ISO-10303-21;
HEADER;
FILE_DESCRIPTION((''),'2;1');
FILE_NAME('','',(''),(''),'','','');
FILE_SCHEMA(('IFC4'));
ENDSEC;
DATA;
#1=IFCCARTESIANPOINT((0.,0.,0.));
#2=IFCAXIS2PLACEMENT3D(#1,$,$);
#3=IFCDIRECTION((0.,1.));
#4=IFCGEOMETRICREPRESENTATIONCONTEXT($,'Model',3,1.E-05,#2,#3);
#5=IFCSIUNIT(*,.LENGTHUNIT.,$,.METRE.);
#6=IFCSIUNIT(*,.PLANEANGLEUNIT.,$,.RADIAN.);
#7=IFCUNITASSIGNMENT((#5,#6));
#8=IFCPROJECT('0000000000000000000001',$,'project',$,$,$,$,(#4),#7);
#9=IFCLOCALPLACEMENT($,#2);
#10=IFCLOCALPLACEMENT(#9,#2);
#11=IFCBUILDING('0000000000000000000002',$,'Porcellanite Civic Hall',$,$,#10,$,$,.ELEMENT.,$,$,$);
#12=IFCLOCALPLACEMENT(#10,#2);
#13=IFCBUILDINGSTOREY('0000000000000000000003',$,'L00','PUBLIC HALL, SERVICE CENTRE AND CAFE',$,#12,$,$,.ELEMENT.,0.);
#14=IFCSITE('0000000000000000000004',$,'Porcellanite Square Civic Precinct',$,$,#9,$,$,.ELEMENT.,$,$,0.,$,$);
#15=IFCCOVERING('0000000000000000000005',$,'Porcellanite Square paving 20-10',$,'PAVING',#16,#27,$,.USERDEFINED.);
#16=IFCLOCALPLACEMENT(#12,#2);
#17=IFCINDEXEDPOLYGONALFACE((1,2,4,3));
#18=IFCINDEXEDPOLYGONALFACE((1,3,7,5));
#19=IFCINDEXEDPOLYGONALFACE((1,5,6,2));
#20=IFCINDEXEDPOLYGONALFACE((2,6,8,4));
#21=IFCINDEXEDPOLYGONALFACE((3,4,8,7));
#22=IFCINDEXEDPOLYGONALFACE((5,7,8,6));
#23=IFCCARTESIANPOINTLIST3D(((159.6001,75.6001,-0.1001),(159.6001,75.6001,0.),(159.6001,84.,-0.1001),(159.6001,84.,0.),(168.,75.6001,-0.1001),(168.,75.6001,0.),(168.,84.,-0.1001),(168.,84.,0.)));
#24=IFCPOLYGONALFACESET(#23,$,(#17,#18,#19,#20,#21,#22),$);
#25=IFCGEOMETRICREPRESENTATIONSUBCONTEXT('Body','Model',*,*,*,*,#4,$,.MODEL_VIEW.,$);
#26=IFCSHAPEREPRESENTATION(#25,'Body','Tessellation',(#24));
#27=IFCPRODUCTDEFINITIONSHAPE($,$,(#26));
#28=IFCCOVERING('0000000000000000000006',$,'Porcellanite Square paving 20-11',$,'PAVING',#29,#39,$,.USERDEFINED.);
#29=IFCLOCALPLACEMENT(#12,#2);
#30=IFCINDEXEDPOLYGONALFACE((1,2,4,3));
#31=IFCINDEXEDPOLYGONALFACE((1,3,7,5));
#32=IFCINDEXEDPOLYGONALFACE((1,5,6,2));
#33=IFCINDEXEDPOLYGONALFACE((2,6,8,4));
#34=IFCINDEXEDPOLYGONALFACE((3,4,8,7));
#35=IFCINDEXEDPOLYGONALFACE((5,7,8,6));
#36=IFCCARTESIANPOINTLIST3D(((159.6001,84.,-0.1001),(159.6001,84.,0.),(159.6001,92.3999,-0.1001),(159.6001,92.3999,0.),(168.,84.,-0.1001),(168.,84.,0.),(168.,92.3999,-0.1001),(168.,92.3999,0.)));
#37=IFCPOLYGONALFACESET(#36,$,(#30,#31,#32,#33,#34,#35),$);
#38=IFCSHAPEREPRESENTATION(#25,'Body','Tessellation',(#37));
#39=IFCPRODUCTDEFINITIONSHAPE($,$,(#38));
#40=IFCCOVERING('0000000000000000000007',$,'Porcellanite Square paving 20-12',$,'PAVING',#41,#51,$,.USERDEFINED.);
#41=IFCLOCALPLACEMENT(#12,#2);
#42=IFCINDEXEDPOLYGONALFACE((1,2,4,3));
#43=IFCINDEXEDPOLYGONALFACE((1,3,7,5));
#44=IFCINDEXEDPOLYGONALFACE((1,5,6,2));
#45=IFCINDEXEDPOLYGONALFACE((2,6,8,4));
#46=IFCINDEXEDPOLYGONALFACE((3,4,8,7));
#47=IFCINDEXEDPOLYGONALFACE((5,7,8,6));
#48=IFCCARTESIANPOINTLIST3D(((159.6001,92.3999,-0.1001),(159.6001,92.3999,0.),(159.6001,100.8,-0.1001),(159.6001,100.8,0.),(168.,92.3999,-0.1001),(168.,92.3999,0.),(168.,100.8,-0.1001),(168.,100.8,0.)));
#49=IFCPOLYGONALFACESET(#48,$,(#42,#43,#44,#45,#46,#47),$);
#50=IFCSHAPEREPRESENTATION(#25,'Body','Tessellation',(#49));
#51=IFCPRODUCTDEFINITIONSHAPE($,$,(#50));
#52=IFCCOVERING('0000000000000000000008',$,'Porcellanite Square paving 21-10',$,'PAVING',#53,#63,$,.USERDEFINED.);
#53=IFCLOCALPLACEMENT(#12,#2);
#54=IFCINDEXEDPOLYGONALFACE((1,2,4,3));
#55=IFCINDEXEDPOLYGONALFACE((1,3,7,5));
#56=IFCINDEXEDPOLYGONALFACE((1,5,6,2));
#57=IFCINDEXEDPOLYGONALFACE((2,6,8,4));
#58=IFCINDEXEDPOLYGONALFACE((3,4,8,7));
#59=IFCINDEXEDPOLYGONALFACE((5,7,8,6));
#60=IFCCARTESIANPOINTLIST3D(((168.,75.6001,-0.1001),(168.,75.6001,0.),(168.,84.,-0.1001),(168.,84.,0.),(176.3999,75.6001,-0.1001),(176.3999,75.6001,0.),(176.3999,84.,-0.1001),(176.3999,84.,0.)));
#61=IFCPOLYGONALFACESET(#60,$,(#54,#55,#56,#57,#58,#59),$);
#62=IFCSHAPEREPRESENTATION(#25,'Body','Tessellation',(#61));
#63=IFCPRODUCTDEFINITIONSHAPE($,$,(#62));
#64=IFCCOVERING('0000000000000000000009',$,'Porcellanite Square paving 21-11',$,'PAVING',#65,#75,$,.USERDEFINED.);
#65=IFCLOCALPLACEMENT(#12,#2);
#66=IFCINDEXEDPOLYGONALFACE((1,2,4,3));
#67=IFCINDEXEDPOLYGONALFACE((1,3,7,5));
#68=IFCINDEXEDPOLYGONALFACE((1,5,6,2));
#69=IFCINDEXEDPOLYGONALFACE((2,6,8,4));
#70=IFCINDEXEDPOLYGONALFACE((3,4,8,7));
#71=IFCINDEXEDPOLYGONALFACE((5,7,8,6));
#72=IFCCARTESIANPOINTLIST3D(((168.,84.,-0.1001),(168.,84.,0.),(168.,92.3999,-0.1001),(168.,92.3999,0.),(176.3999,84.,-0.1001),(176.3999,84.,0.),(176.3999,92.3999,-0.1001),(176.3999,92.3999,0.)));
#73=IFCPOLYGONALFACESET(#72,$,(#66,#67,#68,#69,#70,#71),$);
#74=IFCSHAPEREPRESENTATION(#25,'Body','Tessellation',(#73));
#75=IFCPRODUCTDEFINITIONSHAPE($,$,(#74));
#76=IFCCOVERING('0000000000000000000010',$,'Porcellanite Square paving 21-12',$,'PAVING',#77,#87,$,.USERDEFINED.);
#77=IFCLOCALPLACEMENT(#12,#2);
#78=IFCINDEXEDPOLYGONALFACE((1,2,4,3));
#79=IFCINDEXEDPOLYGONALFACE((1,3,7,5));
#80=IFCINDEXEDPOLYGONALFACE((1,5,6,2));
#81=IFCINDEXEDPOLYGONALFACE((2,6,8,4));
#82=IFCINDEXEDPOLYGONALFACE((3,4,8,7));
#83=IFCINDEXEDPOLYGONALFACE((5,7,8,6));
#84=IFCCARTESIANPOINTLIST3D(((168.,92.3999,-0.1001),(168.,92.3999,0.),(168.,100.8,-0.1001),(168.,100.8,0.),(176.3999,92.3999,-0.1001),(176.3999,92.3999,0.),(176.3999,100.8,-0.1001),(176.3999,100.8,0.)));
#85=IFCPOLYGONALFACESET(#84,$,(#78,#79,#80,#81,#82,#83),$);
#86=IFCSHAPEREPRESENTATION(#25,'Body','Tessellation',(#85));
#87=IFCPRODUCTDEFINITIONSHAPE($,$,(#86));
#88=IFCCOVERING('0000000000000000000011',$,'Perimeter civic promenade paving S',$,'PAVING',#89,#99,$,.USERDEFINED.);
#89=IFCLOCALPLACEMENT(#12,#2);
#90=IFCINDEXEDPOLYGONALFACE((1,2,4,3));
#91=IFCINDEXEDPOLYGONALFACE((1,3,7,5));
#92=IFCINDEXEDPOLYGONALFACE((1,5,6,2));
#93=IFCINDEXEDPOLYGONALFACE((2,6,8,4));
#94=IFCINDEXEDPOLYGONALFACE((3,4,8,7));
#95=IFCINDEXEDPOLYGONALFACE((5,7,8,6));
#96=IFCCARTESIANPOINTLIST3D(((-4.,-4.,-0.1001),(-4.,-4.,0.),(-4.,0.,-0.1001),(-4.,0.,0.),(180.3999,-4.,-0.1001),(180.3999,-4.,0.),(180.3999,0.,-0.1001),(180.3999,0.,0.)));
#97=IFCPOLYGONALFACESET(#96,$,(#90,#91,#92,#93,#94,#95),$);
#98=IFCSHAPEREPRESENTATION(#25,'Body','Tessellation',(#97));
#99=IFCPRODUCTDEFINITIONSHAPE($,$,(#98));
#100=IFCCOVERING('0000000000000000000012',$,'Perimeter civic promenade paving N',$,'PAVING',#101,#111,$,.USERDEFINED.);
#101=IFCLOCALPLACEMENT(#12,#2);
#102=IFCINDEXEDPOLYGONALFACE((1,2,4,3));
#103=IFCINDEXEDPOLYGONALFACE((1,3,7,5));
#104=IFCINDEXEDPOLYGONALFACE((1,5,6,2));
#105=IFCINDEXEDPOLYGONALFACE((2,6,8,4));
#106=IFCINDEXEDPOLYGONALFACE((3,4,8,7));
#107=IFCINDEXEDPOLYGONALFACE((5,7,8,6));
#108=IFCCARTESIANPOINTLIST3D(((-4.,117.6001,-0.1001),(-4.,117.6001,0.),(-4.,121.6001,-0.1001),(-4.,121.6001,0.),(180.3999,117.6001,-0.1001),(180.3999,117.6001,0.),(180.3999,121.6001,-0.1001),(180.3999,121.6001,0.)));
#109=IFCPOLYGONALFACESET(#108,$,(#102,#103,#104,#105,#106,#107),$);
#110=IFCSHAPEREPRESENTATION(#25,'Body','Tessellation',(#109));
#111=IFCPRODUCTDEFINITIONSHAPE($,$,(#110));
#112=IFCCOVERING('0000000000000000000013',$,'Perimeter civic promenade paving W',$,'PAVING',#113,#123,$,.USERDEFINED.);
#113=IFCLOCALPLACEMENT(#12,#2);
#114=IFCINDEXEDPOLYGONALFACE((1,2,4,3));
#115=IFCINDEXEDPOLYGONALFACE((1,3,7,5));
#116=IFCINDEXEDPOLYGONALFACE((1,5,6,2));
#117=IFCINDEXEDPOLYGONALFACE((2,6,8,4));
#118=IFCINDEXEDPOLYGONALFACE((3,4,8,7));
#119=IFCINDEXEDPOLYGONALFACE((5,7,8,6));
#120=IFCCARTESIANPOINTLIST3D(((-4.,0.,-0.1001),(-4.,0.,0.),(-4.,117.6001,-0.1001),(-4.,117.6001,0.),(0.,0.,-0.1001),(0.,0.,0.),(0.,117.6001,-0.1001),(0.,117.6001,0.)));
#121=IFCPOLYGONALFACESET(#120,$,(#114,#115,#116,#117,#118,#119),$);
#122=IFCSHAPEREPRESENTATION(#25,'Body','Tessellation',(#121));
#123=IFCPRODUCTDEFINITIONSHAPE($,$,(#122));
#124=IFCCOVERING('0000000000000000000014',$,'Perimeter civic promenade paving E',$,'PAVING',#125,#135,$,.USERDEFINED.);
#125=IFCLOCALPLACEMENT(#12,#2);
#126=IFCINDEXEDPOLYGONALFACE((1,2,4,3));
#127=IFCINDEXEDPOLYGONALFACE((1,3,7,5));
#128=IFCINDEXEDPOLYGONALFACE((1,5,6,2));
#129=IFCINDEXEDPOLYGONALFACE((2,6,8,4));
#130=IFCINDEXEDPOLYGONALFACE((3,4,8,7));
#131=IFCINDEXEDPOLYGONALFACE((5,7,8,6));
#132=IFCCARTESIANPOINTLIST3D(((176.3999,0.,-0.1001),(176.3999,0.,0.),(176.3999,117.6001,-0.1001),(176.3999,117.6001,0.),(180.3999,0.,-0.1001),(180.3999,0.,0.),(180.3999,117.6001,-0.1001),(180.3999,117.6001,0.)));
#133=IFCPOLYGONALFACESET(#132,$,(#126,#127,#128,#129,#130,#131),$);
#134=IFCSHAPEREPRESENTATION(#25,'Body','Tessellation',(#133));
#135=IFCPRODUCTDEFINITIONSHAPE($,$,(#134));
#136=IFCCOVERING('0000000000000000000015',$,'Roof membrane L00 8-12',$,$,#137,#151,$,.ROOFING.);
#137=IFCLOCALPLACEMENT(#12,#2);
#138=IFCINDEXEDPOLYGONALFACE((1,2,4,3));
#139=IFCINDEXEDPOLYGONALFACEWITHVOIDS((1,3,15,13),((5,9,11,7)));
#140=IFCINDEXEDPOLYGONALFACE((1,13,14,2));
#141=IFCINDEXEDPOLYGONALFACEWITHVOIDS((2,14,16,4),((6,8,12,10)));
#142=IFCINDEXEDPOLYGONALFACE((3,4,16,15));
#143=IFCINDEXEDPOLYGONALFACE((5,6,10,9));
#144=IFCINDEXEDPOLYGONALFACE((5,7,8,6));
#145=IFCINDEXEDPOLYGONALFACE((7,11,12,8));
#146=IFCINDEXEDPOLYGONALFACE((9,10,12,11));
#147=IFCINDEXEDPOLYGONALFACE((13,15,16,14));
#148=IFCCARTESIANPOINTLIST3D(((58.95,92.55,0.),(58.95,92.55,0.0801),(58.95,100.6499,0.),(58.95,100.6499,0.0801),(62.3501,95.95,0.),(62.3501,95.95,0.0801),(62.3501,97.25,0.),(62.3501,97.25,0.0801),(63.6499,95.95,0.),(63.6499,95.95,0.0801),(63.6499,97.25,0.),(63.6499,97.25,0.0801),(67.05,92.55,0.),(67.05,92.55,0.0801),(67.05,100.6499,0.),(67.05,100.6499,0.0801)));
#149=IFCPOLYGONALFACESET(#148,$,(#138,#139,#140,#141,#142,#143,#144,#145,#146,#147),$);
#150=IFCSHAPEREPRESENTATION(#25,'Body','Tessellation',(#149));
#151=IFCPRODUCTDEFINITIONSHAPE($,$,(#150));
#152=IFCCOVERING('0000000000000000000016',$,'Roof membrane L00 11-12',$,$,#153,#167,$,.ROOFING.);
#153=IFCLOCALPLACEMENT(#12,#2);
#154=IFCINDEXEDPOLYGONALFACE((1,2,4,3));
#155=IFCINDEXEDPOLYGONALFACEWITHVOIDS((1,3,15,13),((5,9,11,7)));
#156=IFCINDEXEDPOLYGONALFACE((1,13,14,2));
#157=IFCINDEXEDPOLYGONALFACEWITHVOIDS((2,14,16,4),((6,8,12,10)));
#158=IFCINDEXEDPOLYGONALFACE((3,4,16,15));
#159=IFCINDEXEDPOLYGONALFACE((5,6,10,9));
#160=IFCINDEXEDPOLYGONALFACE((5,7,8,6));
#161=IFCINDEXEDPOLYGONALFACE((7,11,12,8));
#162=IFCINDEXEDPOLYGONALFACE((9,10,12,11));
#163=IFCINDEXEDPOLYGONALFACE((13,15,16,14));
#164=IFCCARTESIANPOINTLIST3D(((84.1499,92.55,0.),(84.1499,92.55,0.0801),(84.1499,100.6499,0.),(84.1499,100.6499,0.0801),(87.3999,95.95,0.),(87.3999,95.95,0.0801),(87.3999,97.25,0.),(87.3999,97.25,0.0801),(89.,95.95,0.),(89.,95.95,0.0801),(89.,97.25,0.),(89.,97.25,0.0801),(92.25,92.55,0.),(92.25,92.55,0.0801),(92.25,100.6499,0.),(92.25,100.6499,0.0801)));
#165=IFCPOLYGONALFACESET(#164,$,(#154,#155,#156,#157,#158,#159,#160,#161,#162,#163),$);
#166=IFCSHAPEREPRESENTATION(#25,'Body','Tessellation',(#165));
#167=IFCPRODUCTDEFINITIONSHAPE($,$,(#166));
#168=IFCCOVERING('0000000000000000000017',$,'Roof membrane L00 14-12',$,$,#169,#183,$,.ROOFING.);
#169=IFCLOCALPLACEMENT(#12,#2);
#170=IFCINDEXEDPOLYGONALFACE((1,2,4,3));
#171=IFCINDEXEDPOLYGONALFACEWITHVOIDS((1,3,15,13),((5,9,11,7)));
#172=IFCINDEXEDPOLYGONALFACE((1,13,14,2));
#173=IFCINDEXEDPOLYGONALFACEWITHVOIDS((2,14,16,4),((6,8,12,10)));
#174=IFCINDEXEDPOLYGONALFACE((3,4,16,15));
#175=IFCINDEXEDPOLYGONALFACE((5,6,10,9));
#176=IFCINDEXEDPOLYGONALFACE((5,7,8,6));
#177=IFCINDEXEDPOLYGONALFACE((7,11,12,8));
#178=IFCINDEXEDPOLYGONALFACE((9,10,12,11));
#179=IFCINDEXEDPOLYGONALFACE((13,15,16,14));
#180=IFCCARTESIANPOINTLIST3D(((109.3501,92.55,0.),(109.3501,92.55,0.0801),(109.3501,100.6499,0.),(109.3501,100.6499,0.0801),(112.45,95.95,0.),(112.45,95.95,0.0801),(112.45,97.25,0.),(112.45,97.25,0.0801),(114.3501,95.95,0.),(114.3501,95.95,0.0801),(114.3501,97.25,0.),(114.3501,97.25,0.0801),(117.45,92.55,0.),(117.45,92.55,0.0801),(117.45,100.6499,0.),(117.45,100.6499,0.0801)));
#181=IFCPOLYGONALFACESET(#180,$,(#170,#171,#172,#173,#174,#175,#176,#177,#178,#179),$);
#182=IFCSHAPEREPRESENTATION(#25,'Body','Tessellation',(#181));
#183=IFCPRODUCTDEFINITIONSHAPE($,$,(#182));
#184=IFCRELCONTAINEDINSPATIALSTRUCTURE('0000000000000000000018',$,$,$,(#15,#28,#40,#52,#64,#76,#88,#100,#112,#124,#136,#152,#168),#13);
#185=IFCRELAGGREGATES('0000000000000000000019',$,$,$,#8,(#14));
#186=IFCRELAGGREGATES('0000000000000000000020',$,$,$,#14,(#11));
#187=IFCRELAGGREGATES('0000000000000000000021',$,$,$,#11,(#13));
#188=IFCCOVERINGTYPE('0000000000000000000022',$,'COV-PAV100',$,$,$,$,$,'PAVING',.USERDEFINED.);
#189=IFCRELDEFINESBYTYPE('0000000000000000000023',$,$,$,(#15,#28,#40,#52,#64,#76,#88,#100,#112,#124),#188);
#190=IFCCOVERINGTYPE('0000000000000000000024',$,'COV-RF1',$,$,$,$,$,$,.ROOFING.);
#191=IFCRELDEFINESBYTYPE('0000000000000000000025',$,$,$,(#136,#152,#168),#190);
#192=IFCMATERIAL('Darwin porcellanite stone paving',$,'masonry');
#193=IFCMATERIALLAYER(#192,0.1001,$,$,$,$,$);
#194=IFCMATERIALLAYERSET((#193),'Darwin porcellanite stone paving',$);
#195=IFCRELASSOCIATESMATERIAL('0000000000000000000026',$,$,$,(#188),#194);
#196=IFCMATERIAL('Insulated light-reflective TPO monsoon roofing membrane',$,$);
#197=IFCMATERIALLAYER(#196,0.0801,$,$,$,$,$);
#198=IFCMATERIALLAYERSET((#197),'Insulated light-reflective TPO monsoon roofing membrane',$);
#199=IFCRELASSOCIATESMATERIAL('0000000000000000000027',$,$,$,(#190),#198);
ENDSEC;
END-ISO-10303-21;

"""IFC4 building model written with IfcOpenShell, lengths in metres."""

from ifc_helpers import new_model, si_unit, direction, frame, origin, place, context, subcontext, project, spatial, polyline, outline, extrude, material, layer, layer_set, type_object, element, save


model = new_model("IFC4")

# Units and contexts
model_context = context("Model", 3, precision=1e-05, world=origin(), true_north=direction((0.0, 1.0)))
body_context = subcontext(model_context, "Body", "Model", "MODEL_VIEW")
ifc_project = project(units=[si_unit("LENGTHUNIT", "METRE"), si_unit("PLANEANGLEUNIT", "RADIAN")], contexts=[model_context])

# Site, building, storey
site_placement = place(None, origin())
site = spatial("IfcSite", under=ifc_project, at=site_placement, Name="Porcellanite Square Civic Precinct", CompositionType="ELEMENT", RefElevation=0.0)
building_placement = place(site_placement, origin())
building = spatial("IfcBuilding", under=site, at=building_placement, Name="Porcellanite Civic Hall", CompositionType="ELEMENT")
storey_placement = place(building_placement, origin())
storey = spatial("IfcBuildingStorey", under=building, at=storey_placement, Name="L00", Description="PUBLIC HALL, SERVICE CENTRE AND CAFE", CompositionType="ELEMENT", Elevation=0.0)

# Coverings
ifc_material_1 = material(Name="Darwin porcellanite stone paving", Category="masonry")
ifc_layer_1 = layer(ifc_material_1, 0.1001)
ifc_layer_set_1 = layer_set([ifc_layer_1], Name="Darwin porcellanite stone paving")
covering_type_1 = type_object("IfcCoveringType", Name="COV-PAV100", ElementType="PAVING", PredefinedType="USERDEFINED", material=ifc_layer_set_1)
covering_1_placement = place(storey_placement, frame((0.0, 0.0, -0.1001)))
element("IfcCovering", 1, at=covering_1_placement, inside=storey, type_object=covering_type_1, Name="Porcellanite Square paving 20-10", ObjectType="PAVING", PredefinedType="USERDEFINED", context=body_context, shape_type="SweptSolid", body=[
    extrude(outline(polyline([(159.6001, 75.6001), (168.0, 75.6001), (168.0, 84.0), (159.6001, 84.0), (159.6001, 75.6001)])), origin(), (0.0, 0.0, 1.0), 0.1001),
])
covering_2_placement = place(storey_placement, frame((0.0, 0.0, -0.1001)))
element("IfcCovering", 2, at=covering_2_placement, inside=storey, type_object=covering_type_1, Name="Porcellanite Square paving 20-11", ObjectType="PAVING", PredefinedType="USERDEFINED", context=body_context, shape_type="SweptSolid", body=[
    extrude(outline(polyline([(159.6001, 84.0), (168.0, 84.0), (168.0, 92.3999), (159.6001, 92.3999), (159.6001, 84.0)])), origin(), (0.0, 0.0, 1.0), 0.1001),
])
covering_3_placement = place(storey_placement, frame((0.0, 0.0, -0.1001)))
element("IfcCovering", 3, at=covering_3_placement, inside=storey, type_object=covering_type_1, Name="Porcellanite Square paving 20-12", ObjectType="PAVING", PredefinedType="USERDEFINED", context=body_context, shape_type="SweptSolid", body=[
    extrude(outline(polyline([(159.6001, 92.3999), (168.0, 92.3999), (168.0, 100.8), (159.6001, 100.8), (159.6001, 92.3999)])), origin(), (0.0, 0.0, 1.0), 0.1001),
])
covering_4_placement = place(storey_placement, frame((0.0, 0.0, -0.1001)))
element("IfcCovering", 4, at=covering_4_placement, inside=storey, type_object=covering_type_1, Name="Porcellanite Square paving 21-10", ObjectType="PAVING", PredefinedType="USERDEFINED", context=body_context, shape_type="SweptSolid", body=[
    extrude(outline(polyline([(168.0, 75.6001), (176.3999, 75.6001), (176.3999, 84.0), (168.0, 84.0), (168.0, 75.6001)])), origin(), (0.0, 0.0, 1.0), 0.1001),
])
covering_5_placement = place(storey_placement, frame((0.0, 0.0, -0.1001)))
element("IfcCovering", 5, at=covering_5_placement, inside=storey, type_object=covering_type_1, Name="Porcellanite Square paving 21-11", ObjectType="PAVING", PredefinedType="USERDEFINED", context=body_context, shape_type="SweptSolid", body=[
    extrude(outline(polyline([(168.0, 84.0), (176.3999, 84.0), (176.3999, 92.3999), (168.0, 92.3999), (168.0, 84.0)])), origin(), (0.0, 0.0, 1.0), 0.1001),
])
covering_6_placement = place(storey_placement, frame((0.0, 0.0, -0.1001)))
element("IfcCovering", 6, at=covering_6_placement, inside=storey, type_object=covering_type_1, Name="Porcellanite Square paving 21-12", ObjectType="PAVING", PredefinedType="USERDEFINED", context=body_context, shape_type="SweptSolid", body=[
    extrude(outline(polyline([(168.0, 92.3999), (176.3999, 92.3999), (176.3999, 100.8), (168.0, 100.8), (168.0, 92.3999)])), origin(), (0.0, 0.0, 1.0), 0.1001),
])
covering_7_placement = place(storey_placement, frame((0.0, 0.0, -0.1001)))
element("IfcCovering", 7, at=covering_7_placement, inside=storey, type_object=covering_type_1, Name="Perimeter civic promenade paving S", ObjectType="PAVING", PredefinedType="USERDEFINED", context=body_context, shape_type="SweptSolid", body=[
    extrude(outline(polyline([(-4.0, -4.0), (180.3999, -4.0), (180.3999, 0.0), (-4.0, 0.0), (-4.0, -4.0)])), origin(), (0.0, 0.0, 1.0), 0.1001),
])
covering_8_placement = place(storey_placement, frame((0.0, 0.0, -0.1001)))
element("IfcCovering", 8, at=covering_8_placement, inside=storey, type_object=covering_type_1, Name="Perimeter civic promenade paving N", ObjectType="PAVING", PredefinedType="USERDEFINED", context=body_context, shape_type="SweptSolid", body=[
    extrude(outline(polyline([(-4.0, 117.6001), (180.3999, 117.6001), (180.3999, 121.6001), (-4.0, 121.6001), (-4.0, 117.6001)])), origin(), (0.0, 0.0, 1.0), 0.1001),
])
covering_9_placement = place(storey_placement, frame((0.0, 0.0, -0.1001)))
element("IfcCovering", 9, at=covering_9_placement, inside=storey, type_object=covering_type_1, Name="Perimeter civic promenade paving W", ObjectType="PAVING", PredefinedType="USERDEFINED", context=body_context, shape_type="SweptSolid", body=[
    extrude(outline(polyline([(-4.0, 0.0), (0.0, 0.0), (0.0, 117.6001), (-4.0, 117.6001), (-4.0, 0.0)])), origin(), (0.0, 0.0, 1.0), 0.1001),
])
covering_10_placement = place(storey_placement, frame((0.0, 0.0, -0.1001)))
element("IfcCovering", 10, at=covering_10_placement, inside=storey, type_object=covering_type_1, Name="Perimeter civic promenade paving E", ObjectType="PAVING", PredefinedType="USERDEFINED", context=body_context, shape_type="SweptSolid", body=[
    extrude(outline(polyline([(176.3999, 0.0), (180.3999, 0.0), (180.3999, 117.6001), (176.3999, 117.6001), (176.3999, 0.0)])), origin(), (0.0, 0.0, 1.0), 0.1001),
])
ifc_material_2 = material(Name="Insulated light-reflective TPO monsoon roofing membrane")
ifc_layer_2 = layer(ifc_material_2, 0.0801)
ifc_layer_set_2 = layer_set([ifc_layer_2], Name="Insulated light-reflective TPO monsoon roofing membrane")
covering_type_2 = type_object("IfcCoveringType", Name="COV-RF1", PredefinedType="ROOFING", material=ifc_layer_set_2)
covering_11_placement = place(storey_placement, origin())
element("IfcCovering", 11, at=covering_11_placement, inside=storey, type_object=covering_type_2, Name="Roof membrane L00 8-12", PredefinedType="ROOFING", context=body_context, shape_type="SweptSolid", body=[
    extrude(outline(polyline([(58.95, 92.55), (67.05, 92.55), (67.05, 100.6499), (58.95, 100.6499), (58.95, 92.55)]), holes=[polyline([(62.3501, 95.95), (63.6499, 95.95), (63.6499, 97.25), (62.3501, 97.25), (62.3501, 95.95)])]), origin(), (0.0, 0.0, 1.0), 0.0801),
])
covering_12_placement = place(storey_placement, origin())
element("IfcCovering", 12, at=covering_12_placement, inside=storey, type_object=covering_type_2, Name="Roof membrane L00 11-12", PredefinedType="ROOFING", context=body_context, shape_type="SweptSolid", body=[
    extrude(outline(polyline([(84.1499, 92.55), (92.25, 92.55), (92.25, 100.6499), (84.1499, 100.6499), (84.1499, 92.55)]), holes=[polyline([(87.3999, 95.95), (89.0, 95.95), (89.0, 97.25), (87.3999, 97.25), (87.3999, 95.95)])]), origin(), (0.0, 0.0, 1.0), 0.0801),
])
covering_13_placement = place(storey_placement, origin())
element("IfcCovering", 13, at=covering_13_placement, inside=storey, type_object=covering_type_2, Name="Roof membrane L00 14-12", PredefinedType="ROOFING", context=body_context, shape_type="SweptSolid", body=[
    extrude(outline(polyline([(109.3501, 92.55), (117.45, 92.55), (117.45, 100.6499), (109.3501, 100.6499), (109.3501, 92.55)]), holes=[polyline([(112.45, 95.95), (114.3501, 95.95), (114.3501, 97.25), (112.45, 97.25), (112.45, 95.95)])]), origin(), (0.0, 0.0, 1.0), 0.0801),
])

save(model, "model.ifc")
